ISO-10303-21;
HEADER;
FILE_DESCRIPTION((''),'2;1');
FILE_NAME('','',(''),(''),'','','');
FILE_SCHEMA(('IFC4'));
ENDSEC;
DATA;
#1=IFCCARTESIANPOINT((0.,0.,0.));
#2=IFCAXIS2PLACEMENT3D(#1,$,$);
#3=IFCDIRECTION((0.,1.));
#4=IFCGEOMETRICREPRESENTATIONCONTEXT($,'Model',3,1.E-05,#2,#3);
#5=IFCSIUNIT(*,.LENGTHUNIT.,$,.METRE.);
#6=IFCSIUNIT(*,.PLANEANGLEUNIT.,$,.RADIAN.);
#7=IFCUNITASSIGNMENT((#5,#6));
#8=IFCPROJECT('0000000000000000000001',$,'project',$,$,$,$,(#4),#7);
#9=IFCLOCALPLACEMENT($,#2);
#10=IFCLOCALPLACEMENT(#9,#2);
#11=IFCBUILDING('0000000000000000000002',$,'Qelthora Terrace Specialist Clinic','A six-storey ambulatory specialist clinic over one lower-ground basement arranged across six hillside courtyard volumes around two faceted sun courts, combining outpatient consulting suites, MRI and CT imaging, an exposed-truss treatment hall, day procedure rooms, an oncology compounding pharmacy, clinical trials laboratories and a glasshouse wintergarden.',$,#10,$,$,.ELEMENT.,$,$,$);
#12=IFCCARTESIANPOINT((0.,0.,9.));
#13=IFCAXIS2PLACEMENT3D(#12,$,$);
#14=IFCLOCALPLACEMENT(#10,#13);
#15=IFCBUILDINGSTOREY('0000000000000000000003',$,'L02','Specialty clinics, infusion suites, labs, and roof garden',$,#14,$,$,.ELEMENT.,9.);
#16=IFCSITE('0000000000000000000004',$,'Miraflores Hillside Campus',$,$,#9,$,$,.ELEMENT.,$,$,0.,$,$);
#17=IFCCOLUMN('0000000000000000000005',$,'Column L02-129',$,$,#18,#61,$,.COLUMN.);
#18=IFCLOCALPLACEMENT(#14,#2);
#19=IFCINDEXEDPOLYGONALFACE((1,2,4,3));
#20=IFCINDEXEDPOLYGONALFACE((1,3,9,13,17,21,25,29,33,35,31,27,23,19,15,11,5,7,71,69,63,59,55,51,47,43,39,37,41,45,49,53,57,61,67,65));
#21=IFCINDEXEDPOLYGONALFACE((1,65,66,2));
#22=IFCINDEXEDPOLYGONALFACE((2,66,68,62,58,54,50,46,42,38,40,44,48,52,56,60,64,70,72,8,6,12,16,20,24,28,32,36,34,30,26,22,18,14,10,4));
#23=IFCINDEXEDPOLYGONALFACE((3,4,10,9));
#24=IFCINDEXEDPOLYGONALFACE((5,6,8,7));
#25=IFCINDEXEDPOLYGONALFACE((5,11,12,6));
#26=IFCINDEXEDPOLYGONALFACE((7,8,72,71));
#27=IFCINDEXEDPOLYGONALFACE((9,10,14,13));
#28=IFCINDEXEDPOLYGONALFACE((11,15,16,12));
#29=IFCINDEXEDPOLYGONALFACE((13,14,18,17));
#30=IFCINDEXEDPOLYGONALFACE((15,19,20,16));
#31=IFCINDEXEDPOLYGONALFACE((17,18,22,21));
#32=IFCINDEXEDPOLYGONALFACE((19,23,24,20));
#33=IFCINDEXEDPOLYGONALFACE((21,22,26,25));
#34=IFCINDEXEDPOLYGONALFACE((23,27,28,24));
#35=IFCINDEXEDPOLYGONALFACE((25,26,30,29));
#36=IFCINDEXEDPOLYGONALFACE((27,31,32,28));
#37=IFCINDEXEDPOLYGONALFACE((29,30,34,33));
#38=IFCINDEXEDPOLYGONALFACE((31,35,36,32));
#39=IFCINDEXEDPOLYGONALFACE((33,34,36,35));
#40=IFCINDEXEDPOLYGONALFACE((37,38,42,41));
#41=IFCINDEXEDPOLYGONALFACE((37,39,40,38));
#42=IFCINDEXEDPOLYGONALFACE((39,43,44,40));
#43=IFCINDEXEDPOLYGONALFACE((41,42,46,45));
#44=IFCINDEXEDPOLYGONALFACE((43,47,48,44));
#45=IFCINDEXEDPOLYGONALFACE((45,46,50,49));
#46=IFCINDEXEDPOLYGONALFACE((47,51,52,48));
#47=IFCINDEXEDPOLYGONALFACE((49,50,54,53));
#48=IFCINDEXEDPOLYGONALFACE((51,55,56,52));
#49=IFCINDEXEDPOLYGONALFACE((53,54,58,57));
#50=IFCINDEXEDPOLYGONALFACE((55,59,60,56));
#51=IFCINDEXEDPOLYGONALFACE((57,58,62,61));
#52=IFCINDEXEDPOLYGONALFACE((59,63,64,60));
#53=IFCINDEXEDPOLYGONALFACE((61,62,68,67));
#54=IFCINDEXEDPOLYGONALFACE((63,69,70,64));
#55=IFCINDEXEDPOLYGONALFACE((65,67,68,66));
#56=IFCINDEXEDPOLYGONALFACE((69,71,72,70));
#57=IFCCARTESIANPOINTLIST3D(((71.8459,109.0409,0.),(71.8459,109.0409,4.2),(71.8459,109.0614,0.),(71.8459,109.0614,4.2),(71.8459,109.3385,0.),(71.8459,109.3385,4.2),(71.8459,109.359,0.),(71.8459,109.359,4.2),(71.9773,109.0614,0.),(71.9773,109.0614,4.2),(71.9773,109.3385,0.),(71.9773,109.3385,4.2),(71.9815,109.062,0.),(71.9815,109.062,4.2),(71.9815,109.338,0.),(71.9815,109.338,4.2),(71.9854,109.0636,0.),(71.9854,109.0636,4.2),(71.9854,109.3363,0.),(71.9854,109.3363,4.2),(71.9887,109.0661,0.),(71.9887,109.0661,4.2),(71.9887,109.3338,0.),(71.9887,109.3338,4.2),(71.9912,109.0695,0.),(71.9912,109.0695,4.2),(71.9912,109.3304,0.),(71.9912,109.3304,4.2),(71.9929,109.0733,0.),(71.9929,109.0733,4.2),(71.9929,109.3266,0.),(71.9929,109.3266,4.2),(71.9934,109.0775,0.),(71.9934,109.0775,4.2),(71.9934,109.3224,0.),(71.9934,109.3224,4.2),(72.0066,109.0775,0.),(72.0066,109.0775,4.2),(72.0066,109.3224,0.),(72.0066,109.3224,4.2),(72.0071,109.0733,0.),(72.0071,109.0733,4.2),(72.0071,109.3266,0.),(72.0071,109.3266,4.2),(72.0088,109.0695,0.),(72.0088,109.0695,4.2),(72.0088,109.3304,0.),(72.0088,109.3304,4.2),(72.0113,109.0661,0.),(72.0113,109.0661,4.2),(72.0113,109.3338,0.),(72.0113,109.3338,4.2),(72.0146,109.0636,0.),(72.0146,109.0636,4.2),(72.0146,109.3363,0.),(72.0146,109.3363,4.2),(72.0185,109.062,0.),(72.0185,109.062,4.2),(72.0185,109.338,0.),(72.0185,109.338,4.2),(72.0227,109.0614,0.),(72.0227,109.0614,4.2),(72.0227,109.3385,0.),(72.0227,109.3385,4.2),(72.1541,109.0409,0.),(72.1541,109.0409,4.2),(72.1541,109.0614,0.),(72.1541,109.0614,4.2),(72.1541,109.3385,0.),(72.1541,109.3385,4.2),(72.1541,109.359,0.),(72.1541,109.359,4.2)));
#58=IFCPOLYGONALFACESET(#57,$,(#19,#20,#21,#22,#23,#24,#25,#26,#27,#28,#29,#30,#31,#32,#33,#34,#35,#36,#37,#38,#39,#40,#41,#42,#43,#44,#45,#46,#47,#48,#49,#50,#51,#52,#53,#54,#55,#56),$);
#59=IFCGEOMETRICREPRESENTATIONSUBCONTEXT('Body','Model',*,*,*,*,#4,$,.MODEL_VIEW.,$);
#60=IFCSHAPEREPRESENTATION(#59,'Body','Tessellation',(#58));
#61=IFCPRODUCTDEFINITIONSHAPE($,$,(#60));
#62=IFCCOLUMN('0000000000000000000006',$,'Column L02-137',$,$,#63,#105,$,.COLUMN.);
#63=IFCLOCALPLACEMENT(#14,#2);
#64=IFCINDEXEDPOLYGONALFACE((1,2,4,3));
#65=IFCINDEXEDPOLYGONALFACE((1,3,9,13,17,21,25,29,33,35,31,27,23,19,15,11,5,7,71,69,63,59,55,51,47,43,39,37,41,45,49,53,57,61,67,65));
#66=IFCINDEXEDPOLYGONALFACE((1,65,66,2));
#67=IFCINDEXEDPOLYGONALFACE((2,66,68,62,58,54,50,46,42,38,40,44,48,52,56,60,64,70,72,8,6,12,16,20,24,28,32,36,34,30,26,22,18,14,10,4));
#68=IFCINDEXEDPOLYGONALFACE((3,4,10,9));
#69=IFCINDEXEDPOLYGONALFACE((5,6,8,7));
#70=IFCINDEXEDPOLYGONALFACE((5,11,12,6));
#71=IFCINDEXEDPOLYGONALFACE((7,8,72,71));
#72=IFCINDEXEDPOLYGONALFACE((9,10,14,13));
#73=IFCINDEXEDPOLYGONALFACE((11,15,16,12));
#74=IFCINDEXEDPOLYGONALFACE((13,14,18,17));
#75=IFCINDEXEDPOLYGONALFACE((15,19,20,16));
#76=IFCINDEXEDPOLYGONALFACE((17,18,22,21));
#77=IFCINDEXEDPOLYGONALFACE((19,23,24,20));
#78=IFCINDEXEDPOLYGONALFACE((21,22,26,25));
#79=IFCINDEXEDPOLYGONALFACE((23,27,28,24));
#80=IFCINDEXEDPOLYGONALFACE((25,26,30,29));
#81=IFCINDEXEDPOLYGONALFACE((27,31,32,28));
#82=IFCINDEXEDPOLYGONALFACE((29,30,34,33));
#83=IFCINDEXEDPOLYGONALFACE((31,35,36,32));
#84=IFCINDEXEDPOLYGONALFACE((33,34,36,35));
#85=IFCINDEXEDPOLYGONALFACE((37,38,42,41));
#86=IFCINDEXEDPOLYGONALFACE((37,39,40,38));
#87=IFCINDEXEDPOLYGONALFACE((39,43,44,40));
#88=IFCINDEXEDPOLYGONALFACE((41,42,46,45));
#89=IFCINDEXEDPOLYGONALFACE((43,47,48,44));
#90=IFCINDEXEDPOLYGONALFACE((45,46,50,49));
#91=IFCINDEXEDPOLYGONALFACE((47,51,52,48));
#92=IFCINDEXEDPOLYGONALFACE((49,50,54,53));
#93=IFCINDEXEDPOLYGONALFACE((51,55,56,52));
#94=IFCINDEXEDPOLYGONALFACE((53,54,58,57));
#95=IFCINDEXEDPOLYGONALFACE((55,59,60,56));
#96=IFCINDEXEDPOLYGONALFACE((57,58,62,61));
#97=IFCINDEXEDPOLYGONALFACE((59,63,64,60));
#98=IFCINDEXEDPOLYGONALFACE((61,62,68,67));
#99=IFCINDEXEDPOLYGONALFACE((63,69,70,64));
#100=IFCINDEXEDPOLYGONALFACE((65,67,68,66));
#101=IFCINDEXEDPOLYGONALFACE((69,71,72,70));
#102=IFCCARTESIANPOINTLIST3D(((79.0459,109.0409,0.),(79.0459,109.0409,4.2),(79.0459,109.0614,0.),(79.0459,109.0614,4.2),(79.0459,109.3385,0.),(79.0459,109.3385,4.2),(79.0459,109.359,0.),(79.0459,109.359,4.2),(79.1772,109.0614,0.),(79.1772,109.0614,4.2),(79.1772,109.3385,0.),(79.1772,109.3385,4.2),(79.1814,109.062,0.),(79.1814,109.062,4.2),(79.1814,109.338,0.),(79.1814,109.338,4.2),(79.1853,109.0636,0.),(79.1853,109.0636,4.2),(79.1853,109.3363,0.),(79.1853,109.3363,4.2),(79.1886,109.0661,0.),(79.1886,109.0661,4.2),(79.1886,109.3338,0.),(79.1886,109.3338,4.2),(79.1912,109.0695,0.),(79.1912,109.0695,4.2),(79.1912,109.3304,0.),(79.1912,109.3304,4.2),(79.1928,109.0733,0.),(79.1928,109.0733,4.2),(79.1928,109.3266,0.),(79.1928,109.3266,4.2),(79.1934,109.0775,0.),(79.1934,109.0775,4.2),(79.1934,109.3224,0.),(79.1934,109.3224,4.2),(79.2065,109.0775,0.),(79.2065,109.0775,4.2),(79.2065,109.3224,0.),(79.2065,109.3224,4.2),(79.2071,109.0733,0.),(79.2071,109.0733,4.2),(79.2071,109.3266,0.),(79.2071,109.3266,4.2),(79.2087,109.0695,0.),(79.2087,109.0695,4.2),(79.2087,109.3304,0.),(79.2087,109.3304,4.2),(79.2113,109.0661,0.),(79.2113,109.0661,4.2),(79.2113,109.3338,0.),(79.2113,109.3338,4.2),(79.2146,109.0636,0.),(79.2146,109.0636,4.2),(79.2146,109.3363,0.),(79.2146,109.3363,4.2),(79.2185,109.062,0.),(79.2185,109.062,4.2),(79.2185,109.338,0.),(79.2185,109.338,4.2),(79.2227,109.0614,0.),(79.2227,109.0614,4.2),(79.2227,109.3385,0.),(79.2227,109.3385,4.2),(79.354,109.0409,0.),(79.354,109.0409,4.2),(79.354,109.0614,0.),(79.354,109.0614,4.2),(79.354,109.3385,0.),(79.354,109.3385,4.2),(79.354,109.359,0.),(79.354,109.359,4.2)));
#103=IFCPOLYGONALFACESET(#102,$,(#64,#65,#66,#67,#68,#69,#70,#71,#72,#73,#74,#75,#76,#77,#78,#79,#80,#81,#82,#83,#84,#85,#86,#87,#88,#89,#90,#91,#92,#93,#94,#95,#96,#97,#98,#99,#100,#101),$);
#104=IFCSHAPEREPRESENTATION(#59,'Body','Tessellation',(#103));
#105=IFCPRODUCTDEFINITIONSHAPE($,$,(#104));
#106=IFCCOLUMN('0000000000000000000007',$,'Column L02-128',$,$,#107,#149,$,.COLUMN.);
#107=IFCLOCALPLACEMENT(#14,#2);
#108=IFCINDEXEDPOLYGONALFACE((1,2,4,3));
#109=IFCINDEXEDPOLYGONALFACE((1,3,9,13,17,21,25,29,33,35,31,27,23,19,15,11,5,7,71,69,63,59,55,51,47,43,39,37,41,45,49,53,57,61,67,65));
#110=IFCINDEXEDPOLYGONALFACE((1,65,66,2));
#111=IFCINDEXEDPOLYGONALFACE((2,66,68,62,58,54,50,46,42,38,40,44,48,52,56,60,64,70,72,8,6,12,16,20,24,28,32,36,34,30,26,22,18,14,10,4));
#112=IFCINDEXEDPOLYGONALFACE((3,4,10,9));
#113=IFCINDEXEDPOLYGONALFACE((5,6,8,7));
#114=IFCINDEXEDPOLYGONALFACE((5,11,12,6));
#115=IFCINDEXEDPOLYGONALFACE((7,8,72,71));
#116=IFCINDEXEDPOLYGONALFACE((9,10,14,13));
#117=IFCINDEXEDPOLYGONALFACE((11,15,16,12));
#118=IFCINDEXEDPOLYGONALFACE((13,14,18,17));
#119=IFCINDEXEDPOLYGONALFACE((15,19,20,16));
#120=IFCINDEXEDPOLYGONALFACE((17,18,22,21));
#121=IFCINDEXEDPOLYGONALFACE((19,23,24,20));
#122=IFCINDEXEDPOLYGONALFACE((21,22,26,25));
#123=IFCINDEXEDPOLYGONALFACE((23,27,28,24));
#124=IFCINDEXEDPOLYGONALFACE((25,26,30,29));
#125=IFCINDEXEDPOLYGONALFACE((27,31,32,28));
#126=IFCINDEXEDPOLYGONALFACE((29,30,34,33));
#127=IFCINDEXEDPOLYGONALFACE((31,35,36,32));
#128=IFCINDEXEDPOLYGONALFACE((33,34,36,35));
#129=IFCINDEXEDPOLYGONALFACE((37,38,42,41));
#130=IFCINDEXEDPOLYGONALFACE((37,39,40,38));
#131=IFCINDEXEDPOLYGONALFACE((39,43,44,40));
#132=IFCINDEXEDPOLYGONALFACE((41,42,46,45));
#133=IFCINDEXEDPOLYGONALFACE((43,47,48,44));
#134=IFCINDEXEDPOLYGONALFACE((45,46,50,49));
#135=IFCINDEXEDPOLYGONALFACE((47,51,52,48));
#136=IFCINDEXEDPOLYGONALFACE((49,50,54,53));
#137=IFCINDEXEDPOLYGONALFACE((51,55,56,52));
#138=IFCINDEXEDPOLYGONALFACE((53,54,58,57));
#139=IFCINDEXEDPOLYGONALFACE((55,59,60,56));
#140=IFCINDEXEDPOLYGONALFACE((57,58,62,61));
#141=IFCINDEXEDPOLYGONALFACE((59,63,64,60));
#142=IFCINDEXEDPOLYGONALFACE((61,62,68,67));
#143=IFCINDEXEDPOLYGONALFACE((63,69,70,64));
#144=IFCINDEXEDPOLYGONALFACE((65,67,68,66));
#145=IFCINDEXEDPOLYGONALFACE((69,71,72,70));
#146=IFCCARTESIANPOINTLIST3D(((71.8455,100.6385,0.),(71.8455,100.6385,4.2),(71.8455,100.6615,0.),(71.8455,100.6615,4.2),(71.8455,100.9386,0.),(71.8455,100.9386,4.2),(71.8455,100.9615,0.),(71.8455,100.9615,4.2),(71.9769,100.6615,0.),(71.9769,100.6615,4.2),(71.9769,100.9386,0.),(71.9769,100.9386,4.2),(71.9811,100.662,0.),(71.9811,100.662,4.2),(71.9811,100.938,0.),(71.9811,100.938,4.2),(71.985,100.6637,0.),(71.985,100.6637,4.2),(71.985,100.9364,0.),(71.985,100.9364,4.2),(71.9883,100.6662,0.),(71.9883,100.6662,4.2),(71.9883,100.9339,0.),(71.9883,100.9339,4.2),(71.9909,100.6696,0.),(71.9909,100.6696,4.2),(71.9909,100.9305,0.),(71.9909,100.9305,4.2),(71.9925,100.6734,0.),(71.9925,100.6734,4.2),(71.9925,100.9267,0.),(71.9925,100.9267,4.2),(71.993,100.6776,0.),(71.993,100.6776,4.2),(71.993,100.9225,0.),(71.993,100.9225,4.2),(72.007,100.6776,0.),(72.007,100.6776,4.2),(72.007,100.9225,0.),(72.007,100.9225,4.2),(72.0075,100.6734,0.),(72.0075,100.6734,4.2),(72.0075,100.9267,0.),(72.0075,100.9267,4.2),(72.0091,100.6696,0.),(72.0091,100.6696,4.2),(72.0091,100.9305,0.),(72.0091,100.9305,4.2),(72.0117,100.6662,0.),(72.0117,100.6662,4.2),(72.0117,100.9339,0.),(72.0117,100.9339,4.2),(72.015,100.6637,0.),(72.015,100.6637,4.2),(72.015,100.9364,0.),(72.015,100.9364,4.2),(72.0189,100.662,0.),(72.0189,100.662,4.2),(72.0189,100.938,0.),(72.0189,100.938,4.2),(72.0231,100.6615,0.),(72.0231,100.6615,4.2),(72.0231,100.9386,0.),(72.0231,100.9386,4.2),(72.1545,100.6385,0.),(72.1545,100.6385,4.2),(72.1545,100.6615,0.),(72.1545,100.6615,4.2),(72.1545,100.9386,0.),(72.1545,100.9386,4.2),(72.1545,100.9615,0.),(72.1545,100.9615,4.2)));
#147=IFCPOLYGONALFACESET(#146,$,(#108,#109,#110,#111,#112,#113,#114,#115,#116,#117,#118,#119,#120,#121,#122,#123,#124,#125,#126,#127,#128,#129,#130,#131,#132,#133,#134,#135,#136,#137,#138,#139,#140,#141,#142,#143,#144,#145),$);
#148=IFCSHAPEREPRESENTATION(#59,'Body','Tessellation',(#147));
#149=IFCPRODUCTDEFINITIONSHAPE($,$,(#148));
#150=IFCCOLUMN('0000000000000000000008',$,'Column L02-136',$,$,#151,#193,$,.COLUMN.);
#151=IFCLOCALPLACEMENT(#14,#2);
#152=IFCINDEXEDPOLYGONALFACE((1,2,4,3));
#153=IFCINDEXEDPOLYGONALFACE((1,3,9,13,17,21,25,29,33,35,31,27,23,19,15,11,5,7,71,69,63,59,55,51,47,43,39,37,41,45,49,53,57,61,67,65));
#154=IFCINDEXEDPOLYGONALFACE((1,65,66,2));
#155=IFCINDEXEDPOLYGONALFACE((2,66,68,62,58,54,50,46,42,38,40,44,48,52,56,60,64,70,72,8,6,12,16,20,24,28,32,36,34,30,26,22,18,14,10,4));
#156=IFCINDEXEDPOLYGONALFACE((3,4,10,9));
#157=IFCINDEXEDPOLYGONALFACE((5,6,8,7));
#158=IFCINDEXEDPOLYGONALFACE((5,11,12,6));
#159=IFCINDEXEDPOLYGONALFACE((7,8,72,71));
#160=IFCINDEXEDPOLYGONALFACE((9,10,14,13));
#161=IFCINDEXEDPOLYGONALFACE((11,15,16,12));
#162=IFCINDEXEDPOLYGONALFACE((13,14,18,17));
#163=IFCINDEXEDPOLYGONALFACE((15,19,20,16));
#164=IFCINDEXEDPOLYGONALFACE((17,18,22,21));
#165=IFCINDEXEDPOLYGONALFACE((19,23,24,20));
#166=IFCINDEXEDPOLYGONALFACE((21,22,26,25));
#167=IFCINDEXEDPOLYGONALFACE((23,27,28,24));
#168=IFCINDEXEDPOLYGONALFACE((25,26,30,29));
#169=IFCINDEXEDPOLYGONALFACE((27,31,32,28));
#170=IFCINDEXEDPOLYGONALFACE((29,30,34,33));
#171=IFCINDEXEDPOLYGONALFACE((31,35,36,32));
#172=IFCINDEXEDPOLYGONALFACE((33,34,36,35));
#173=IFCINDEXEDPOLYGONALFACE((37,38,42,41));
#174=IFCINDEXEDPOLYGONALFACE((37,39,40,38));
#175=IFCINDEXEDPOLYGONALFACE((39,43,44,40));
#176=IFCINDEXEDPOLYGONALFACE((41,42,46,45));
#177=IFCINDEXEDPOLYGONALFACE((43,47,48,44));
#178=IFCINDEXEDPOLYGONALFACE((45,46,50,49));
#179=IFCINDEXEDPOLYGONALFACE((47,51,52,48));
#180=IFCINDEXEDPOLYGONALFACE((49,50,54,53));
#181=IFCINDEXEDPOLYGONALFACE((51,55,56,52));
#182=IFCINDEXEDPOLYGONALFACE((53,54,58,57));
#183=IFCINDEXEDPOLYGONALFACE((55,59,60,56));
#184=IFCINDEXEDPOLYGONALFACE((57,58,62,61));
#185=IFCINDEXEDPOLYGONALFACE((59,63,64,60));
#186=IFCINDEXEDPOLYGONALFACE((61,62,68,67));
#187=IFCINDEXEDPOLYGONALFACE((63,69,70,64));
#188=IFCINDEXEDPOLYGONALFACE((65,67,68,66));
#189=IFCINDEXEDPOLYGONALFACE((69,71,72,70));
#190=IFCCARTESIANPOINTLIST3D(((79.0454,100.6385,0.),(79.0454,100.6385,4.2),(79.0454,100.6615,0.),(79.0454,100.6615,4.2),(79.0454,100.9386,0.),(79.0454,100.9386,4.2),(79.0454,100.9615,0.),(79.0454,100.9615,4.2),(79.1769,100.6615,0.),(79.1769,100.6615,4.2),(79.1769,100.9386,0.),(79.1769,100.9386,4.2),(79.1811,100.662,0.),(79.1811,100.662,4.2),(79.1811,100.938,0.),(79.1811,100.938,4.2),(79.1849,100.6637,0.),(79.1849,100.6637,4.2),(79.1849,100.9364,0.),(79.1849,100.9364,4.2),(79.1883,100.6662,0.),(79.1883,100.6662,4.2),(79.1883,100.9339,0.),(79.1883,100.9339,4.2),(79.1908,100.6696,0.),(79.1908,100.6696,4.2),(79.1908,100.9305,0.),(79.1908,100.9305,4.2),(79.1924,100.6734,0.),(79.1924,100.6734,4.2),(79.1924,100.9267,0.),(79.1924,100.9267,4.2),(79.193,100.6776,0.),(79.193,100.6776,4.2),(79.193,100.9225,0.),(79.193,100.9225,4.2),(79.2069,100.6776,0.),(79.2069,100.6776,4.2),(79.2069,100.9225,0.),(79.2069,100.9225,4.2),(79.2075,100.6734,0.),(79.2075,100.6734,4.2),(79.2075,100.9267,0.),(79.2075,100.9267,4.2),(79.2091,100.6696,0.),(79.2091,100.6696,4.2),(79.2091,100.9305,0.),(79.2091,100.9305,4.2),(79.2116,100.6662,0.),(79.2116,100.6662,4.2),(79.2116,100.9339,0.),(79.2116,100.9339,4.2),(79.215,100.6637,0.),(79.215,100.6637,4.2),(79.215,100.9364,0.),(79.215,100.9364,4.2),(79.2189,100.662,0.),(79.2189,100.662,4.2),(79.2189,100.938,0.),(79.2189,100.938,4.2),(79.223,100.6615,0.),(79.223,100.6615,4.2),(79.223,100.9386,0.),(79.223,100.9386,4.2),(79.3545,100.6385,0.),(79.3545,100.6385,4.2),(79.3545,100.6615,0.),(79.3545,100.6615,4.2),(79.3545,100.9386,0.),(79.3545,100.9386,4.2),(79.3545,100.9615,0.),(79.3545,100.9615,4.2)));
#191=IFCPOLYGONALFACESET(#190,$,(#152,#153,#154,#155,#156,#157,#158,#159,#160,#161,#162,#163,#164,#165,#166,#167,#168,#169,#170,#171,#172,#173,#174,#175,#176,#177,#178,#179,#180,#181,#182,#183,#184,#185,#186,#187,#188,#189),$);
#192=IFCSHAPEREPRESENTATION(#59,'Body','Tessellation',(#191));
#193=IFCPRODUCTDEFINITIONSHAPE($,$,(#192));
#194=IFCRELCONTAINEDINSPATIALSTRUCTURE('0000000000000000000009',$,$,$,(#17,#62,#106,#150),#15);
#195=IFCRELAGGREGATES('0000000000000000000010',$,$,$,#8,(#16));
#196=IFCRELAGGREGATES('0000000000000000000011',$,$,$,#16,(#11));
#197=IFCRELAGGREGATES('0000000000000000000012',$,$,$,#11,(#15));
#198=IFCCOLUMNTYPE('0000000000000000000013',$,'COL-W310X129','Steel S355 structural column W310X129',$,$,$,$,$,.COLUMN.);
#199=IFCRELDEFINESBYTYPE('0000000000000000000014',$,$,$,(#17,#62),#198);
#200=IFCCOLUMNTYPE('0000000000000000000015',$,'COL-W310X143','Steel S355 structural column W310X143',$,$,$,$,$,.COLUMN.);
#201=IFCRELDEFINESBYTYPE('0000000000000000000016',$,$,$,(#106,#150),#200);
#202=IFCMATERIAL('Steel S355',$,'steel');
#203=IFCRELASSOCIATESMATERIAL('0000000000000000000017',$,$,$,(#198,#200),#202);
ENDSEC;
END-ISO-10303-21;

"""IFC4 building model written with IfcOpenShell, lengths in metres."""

from ifc_helpers import new_model, si_unit, direction, frame, origin, origin_2d, place, context, subcontext, project, spatial, i_section, extrude, material, material_profile, profile_set, type_object, element, save


model = new_model("IFC4")

# Units and contexts
model_context = context("Model", 3, precision=1e-05, world=origin(), true_north=direction((0.0, 1.0)))
body_context = subcontext(model_context, "Body", "Model", "MODEL_VIEW")
ifc_project = project(units=[si_unit("LENGTHUNIT", "METRE"), si_unit("PLANEANGLEUNIT", "RADIAN")], contexts=[model_context])

# Site, building, storey
site_placement = place(None, origin())
site = spatial("IfcSite", under=ifc_project, at=site_placement, Name="Miraflores Hillside Campus", CompositionType="ELEMENT", RefElevation=0.0)
building_placement = place(site_placement, origin())
building = spatial("IfcBuilding", under=site, at=building_placement, Name="Qelthora Terrace Specialist Clinic", Description="A six-storey ambulatory specialist clinic over one lower-ground basement arranged across six hillside courtyard volumes around two faceted sun courts, combining outpatient consulting suites, MRI and CT imaging, an exposed-truss treatment hall, day procedure rooms, an oncology compounding pharmacy, clinical trials laboratories and a glasshouse wintergarden.", CompositionType="ELEMENT")
storey_placement = place(building_placement, frame((0.0, 0.0, 9.0)))
storey = spatial("IfcBuildingStorey", under=building, at=storey_placement, Name="L02", Description="Specialty clinics, infusion suites, labs, and roof garden", CompositionType="ELEMENT", Elevation=9.0)

# Columns
ifc_material_1 = material(Name="Steel S355", Category="steel")
ifc_material_profile_1 = material_profile(ifc_material_1, i_section(OverallWidth=0.3081, OverallDepth=0.3181, WebThickness=0.0132, FlangeThickness=0.0205, FilletRadius=0.0161, at=origin_2d()), Name="W310X129")
ifc_profile_set_1 = profile_set([ifc_material_profile_1], Name="Steel S355")
column_type_1 = type_object("IfcColumnType", Name="COL-W310X129", Description="Steel S355 structural column W310X129", PredefinedType="COLUMN", material=ifc_profile_set_1)
for number, where, z_axis, x_axis, name in (
    (1, (72.0, 109.2, 0.0), (0.0, 0.0, 1.0), (1.0, 0.0, 0.0), "Column L02-129"),
    (2, (79.2, 109.2, 0.0), (0.0, 0.0, 1.0), (1.0, 0.0, 0.0), "Column L02-137"),
):
    element("IfcColumn", number, at=place(storey_placement, frame(where, z_axis=z_axis, x_axis=x_axis)), inside=storey, type_object=column_type_1, Name=name, PredefinedType="COLUMN", context=body_context, shape_type="SweptSolid", body=[
        extrude(i_section(OverallWidth=0.3081, OverallDepth=0.3181, WebThickness=0.0132, FlangeThickness=0.0205, FilletRadius=0.0161, at=origin_2d()), origin(), (0.0, 0.0, 1.0), 4.2),
    ])
ifc_material_profile_2 = material_profile(ifc_material_1, i_section(OverallWidth=0.3091, OverallDepth=0.323, WebThickness=0.0139, FlangeThickness=0.0229, FilletRadius=0.0161, at=origin_2d()), Name="W310X143")
ifc_profile_set_2 = profile_set([ifc_material_profile_2], Name="Steel S355")
column_type_2 = type_object("IfcColumnType", Name="COL-W310X143", Description="Steel S355 structural column W310X143", PredefinedType="COLUMN", material=ifc_profile_set_2)
for number, where, z_axis, x_axis, name in (
    (3, (72.0, 100.8, 0.0), (0.0, 0.0, 1.0), (1.0, 0.0, 0.0), "Column L02-128"),
    (4, (79.2, 100.8, 0.0), (0.0, 0.0, 1.0), (1.0, 0.0, 0.0), "Column L02-136"),
):
    element("IfcColumn", number, at=place(storey_placement, frame(where, z_axis=z_axis, x_axis=x_axis)), inside=storey, type_object=column_type_2, Name=name, PredefinedType="COLUMN", context=body_context, shape_type="SweptSolid", body=[
        extrude(i_section(OverallWidth=0.3091, OverallDepth=0.323, WebThickness=0.0139, FlangeThickness=0.0229, FilletRadius=0.0161, at=origin_2d()), origin(), (0.0, 0.0, 1.0), 4.2),
    ])

save(model, "model.ifc")
